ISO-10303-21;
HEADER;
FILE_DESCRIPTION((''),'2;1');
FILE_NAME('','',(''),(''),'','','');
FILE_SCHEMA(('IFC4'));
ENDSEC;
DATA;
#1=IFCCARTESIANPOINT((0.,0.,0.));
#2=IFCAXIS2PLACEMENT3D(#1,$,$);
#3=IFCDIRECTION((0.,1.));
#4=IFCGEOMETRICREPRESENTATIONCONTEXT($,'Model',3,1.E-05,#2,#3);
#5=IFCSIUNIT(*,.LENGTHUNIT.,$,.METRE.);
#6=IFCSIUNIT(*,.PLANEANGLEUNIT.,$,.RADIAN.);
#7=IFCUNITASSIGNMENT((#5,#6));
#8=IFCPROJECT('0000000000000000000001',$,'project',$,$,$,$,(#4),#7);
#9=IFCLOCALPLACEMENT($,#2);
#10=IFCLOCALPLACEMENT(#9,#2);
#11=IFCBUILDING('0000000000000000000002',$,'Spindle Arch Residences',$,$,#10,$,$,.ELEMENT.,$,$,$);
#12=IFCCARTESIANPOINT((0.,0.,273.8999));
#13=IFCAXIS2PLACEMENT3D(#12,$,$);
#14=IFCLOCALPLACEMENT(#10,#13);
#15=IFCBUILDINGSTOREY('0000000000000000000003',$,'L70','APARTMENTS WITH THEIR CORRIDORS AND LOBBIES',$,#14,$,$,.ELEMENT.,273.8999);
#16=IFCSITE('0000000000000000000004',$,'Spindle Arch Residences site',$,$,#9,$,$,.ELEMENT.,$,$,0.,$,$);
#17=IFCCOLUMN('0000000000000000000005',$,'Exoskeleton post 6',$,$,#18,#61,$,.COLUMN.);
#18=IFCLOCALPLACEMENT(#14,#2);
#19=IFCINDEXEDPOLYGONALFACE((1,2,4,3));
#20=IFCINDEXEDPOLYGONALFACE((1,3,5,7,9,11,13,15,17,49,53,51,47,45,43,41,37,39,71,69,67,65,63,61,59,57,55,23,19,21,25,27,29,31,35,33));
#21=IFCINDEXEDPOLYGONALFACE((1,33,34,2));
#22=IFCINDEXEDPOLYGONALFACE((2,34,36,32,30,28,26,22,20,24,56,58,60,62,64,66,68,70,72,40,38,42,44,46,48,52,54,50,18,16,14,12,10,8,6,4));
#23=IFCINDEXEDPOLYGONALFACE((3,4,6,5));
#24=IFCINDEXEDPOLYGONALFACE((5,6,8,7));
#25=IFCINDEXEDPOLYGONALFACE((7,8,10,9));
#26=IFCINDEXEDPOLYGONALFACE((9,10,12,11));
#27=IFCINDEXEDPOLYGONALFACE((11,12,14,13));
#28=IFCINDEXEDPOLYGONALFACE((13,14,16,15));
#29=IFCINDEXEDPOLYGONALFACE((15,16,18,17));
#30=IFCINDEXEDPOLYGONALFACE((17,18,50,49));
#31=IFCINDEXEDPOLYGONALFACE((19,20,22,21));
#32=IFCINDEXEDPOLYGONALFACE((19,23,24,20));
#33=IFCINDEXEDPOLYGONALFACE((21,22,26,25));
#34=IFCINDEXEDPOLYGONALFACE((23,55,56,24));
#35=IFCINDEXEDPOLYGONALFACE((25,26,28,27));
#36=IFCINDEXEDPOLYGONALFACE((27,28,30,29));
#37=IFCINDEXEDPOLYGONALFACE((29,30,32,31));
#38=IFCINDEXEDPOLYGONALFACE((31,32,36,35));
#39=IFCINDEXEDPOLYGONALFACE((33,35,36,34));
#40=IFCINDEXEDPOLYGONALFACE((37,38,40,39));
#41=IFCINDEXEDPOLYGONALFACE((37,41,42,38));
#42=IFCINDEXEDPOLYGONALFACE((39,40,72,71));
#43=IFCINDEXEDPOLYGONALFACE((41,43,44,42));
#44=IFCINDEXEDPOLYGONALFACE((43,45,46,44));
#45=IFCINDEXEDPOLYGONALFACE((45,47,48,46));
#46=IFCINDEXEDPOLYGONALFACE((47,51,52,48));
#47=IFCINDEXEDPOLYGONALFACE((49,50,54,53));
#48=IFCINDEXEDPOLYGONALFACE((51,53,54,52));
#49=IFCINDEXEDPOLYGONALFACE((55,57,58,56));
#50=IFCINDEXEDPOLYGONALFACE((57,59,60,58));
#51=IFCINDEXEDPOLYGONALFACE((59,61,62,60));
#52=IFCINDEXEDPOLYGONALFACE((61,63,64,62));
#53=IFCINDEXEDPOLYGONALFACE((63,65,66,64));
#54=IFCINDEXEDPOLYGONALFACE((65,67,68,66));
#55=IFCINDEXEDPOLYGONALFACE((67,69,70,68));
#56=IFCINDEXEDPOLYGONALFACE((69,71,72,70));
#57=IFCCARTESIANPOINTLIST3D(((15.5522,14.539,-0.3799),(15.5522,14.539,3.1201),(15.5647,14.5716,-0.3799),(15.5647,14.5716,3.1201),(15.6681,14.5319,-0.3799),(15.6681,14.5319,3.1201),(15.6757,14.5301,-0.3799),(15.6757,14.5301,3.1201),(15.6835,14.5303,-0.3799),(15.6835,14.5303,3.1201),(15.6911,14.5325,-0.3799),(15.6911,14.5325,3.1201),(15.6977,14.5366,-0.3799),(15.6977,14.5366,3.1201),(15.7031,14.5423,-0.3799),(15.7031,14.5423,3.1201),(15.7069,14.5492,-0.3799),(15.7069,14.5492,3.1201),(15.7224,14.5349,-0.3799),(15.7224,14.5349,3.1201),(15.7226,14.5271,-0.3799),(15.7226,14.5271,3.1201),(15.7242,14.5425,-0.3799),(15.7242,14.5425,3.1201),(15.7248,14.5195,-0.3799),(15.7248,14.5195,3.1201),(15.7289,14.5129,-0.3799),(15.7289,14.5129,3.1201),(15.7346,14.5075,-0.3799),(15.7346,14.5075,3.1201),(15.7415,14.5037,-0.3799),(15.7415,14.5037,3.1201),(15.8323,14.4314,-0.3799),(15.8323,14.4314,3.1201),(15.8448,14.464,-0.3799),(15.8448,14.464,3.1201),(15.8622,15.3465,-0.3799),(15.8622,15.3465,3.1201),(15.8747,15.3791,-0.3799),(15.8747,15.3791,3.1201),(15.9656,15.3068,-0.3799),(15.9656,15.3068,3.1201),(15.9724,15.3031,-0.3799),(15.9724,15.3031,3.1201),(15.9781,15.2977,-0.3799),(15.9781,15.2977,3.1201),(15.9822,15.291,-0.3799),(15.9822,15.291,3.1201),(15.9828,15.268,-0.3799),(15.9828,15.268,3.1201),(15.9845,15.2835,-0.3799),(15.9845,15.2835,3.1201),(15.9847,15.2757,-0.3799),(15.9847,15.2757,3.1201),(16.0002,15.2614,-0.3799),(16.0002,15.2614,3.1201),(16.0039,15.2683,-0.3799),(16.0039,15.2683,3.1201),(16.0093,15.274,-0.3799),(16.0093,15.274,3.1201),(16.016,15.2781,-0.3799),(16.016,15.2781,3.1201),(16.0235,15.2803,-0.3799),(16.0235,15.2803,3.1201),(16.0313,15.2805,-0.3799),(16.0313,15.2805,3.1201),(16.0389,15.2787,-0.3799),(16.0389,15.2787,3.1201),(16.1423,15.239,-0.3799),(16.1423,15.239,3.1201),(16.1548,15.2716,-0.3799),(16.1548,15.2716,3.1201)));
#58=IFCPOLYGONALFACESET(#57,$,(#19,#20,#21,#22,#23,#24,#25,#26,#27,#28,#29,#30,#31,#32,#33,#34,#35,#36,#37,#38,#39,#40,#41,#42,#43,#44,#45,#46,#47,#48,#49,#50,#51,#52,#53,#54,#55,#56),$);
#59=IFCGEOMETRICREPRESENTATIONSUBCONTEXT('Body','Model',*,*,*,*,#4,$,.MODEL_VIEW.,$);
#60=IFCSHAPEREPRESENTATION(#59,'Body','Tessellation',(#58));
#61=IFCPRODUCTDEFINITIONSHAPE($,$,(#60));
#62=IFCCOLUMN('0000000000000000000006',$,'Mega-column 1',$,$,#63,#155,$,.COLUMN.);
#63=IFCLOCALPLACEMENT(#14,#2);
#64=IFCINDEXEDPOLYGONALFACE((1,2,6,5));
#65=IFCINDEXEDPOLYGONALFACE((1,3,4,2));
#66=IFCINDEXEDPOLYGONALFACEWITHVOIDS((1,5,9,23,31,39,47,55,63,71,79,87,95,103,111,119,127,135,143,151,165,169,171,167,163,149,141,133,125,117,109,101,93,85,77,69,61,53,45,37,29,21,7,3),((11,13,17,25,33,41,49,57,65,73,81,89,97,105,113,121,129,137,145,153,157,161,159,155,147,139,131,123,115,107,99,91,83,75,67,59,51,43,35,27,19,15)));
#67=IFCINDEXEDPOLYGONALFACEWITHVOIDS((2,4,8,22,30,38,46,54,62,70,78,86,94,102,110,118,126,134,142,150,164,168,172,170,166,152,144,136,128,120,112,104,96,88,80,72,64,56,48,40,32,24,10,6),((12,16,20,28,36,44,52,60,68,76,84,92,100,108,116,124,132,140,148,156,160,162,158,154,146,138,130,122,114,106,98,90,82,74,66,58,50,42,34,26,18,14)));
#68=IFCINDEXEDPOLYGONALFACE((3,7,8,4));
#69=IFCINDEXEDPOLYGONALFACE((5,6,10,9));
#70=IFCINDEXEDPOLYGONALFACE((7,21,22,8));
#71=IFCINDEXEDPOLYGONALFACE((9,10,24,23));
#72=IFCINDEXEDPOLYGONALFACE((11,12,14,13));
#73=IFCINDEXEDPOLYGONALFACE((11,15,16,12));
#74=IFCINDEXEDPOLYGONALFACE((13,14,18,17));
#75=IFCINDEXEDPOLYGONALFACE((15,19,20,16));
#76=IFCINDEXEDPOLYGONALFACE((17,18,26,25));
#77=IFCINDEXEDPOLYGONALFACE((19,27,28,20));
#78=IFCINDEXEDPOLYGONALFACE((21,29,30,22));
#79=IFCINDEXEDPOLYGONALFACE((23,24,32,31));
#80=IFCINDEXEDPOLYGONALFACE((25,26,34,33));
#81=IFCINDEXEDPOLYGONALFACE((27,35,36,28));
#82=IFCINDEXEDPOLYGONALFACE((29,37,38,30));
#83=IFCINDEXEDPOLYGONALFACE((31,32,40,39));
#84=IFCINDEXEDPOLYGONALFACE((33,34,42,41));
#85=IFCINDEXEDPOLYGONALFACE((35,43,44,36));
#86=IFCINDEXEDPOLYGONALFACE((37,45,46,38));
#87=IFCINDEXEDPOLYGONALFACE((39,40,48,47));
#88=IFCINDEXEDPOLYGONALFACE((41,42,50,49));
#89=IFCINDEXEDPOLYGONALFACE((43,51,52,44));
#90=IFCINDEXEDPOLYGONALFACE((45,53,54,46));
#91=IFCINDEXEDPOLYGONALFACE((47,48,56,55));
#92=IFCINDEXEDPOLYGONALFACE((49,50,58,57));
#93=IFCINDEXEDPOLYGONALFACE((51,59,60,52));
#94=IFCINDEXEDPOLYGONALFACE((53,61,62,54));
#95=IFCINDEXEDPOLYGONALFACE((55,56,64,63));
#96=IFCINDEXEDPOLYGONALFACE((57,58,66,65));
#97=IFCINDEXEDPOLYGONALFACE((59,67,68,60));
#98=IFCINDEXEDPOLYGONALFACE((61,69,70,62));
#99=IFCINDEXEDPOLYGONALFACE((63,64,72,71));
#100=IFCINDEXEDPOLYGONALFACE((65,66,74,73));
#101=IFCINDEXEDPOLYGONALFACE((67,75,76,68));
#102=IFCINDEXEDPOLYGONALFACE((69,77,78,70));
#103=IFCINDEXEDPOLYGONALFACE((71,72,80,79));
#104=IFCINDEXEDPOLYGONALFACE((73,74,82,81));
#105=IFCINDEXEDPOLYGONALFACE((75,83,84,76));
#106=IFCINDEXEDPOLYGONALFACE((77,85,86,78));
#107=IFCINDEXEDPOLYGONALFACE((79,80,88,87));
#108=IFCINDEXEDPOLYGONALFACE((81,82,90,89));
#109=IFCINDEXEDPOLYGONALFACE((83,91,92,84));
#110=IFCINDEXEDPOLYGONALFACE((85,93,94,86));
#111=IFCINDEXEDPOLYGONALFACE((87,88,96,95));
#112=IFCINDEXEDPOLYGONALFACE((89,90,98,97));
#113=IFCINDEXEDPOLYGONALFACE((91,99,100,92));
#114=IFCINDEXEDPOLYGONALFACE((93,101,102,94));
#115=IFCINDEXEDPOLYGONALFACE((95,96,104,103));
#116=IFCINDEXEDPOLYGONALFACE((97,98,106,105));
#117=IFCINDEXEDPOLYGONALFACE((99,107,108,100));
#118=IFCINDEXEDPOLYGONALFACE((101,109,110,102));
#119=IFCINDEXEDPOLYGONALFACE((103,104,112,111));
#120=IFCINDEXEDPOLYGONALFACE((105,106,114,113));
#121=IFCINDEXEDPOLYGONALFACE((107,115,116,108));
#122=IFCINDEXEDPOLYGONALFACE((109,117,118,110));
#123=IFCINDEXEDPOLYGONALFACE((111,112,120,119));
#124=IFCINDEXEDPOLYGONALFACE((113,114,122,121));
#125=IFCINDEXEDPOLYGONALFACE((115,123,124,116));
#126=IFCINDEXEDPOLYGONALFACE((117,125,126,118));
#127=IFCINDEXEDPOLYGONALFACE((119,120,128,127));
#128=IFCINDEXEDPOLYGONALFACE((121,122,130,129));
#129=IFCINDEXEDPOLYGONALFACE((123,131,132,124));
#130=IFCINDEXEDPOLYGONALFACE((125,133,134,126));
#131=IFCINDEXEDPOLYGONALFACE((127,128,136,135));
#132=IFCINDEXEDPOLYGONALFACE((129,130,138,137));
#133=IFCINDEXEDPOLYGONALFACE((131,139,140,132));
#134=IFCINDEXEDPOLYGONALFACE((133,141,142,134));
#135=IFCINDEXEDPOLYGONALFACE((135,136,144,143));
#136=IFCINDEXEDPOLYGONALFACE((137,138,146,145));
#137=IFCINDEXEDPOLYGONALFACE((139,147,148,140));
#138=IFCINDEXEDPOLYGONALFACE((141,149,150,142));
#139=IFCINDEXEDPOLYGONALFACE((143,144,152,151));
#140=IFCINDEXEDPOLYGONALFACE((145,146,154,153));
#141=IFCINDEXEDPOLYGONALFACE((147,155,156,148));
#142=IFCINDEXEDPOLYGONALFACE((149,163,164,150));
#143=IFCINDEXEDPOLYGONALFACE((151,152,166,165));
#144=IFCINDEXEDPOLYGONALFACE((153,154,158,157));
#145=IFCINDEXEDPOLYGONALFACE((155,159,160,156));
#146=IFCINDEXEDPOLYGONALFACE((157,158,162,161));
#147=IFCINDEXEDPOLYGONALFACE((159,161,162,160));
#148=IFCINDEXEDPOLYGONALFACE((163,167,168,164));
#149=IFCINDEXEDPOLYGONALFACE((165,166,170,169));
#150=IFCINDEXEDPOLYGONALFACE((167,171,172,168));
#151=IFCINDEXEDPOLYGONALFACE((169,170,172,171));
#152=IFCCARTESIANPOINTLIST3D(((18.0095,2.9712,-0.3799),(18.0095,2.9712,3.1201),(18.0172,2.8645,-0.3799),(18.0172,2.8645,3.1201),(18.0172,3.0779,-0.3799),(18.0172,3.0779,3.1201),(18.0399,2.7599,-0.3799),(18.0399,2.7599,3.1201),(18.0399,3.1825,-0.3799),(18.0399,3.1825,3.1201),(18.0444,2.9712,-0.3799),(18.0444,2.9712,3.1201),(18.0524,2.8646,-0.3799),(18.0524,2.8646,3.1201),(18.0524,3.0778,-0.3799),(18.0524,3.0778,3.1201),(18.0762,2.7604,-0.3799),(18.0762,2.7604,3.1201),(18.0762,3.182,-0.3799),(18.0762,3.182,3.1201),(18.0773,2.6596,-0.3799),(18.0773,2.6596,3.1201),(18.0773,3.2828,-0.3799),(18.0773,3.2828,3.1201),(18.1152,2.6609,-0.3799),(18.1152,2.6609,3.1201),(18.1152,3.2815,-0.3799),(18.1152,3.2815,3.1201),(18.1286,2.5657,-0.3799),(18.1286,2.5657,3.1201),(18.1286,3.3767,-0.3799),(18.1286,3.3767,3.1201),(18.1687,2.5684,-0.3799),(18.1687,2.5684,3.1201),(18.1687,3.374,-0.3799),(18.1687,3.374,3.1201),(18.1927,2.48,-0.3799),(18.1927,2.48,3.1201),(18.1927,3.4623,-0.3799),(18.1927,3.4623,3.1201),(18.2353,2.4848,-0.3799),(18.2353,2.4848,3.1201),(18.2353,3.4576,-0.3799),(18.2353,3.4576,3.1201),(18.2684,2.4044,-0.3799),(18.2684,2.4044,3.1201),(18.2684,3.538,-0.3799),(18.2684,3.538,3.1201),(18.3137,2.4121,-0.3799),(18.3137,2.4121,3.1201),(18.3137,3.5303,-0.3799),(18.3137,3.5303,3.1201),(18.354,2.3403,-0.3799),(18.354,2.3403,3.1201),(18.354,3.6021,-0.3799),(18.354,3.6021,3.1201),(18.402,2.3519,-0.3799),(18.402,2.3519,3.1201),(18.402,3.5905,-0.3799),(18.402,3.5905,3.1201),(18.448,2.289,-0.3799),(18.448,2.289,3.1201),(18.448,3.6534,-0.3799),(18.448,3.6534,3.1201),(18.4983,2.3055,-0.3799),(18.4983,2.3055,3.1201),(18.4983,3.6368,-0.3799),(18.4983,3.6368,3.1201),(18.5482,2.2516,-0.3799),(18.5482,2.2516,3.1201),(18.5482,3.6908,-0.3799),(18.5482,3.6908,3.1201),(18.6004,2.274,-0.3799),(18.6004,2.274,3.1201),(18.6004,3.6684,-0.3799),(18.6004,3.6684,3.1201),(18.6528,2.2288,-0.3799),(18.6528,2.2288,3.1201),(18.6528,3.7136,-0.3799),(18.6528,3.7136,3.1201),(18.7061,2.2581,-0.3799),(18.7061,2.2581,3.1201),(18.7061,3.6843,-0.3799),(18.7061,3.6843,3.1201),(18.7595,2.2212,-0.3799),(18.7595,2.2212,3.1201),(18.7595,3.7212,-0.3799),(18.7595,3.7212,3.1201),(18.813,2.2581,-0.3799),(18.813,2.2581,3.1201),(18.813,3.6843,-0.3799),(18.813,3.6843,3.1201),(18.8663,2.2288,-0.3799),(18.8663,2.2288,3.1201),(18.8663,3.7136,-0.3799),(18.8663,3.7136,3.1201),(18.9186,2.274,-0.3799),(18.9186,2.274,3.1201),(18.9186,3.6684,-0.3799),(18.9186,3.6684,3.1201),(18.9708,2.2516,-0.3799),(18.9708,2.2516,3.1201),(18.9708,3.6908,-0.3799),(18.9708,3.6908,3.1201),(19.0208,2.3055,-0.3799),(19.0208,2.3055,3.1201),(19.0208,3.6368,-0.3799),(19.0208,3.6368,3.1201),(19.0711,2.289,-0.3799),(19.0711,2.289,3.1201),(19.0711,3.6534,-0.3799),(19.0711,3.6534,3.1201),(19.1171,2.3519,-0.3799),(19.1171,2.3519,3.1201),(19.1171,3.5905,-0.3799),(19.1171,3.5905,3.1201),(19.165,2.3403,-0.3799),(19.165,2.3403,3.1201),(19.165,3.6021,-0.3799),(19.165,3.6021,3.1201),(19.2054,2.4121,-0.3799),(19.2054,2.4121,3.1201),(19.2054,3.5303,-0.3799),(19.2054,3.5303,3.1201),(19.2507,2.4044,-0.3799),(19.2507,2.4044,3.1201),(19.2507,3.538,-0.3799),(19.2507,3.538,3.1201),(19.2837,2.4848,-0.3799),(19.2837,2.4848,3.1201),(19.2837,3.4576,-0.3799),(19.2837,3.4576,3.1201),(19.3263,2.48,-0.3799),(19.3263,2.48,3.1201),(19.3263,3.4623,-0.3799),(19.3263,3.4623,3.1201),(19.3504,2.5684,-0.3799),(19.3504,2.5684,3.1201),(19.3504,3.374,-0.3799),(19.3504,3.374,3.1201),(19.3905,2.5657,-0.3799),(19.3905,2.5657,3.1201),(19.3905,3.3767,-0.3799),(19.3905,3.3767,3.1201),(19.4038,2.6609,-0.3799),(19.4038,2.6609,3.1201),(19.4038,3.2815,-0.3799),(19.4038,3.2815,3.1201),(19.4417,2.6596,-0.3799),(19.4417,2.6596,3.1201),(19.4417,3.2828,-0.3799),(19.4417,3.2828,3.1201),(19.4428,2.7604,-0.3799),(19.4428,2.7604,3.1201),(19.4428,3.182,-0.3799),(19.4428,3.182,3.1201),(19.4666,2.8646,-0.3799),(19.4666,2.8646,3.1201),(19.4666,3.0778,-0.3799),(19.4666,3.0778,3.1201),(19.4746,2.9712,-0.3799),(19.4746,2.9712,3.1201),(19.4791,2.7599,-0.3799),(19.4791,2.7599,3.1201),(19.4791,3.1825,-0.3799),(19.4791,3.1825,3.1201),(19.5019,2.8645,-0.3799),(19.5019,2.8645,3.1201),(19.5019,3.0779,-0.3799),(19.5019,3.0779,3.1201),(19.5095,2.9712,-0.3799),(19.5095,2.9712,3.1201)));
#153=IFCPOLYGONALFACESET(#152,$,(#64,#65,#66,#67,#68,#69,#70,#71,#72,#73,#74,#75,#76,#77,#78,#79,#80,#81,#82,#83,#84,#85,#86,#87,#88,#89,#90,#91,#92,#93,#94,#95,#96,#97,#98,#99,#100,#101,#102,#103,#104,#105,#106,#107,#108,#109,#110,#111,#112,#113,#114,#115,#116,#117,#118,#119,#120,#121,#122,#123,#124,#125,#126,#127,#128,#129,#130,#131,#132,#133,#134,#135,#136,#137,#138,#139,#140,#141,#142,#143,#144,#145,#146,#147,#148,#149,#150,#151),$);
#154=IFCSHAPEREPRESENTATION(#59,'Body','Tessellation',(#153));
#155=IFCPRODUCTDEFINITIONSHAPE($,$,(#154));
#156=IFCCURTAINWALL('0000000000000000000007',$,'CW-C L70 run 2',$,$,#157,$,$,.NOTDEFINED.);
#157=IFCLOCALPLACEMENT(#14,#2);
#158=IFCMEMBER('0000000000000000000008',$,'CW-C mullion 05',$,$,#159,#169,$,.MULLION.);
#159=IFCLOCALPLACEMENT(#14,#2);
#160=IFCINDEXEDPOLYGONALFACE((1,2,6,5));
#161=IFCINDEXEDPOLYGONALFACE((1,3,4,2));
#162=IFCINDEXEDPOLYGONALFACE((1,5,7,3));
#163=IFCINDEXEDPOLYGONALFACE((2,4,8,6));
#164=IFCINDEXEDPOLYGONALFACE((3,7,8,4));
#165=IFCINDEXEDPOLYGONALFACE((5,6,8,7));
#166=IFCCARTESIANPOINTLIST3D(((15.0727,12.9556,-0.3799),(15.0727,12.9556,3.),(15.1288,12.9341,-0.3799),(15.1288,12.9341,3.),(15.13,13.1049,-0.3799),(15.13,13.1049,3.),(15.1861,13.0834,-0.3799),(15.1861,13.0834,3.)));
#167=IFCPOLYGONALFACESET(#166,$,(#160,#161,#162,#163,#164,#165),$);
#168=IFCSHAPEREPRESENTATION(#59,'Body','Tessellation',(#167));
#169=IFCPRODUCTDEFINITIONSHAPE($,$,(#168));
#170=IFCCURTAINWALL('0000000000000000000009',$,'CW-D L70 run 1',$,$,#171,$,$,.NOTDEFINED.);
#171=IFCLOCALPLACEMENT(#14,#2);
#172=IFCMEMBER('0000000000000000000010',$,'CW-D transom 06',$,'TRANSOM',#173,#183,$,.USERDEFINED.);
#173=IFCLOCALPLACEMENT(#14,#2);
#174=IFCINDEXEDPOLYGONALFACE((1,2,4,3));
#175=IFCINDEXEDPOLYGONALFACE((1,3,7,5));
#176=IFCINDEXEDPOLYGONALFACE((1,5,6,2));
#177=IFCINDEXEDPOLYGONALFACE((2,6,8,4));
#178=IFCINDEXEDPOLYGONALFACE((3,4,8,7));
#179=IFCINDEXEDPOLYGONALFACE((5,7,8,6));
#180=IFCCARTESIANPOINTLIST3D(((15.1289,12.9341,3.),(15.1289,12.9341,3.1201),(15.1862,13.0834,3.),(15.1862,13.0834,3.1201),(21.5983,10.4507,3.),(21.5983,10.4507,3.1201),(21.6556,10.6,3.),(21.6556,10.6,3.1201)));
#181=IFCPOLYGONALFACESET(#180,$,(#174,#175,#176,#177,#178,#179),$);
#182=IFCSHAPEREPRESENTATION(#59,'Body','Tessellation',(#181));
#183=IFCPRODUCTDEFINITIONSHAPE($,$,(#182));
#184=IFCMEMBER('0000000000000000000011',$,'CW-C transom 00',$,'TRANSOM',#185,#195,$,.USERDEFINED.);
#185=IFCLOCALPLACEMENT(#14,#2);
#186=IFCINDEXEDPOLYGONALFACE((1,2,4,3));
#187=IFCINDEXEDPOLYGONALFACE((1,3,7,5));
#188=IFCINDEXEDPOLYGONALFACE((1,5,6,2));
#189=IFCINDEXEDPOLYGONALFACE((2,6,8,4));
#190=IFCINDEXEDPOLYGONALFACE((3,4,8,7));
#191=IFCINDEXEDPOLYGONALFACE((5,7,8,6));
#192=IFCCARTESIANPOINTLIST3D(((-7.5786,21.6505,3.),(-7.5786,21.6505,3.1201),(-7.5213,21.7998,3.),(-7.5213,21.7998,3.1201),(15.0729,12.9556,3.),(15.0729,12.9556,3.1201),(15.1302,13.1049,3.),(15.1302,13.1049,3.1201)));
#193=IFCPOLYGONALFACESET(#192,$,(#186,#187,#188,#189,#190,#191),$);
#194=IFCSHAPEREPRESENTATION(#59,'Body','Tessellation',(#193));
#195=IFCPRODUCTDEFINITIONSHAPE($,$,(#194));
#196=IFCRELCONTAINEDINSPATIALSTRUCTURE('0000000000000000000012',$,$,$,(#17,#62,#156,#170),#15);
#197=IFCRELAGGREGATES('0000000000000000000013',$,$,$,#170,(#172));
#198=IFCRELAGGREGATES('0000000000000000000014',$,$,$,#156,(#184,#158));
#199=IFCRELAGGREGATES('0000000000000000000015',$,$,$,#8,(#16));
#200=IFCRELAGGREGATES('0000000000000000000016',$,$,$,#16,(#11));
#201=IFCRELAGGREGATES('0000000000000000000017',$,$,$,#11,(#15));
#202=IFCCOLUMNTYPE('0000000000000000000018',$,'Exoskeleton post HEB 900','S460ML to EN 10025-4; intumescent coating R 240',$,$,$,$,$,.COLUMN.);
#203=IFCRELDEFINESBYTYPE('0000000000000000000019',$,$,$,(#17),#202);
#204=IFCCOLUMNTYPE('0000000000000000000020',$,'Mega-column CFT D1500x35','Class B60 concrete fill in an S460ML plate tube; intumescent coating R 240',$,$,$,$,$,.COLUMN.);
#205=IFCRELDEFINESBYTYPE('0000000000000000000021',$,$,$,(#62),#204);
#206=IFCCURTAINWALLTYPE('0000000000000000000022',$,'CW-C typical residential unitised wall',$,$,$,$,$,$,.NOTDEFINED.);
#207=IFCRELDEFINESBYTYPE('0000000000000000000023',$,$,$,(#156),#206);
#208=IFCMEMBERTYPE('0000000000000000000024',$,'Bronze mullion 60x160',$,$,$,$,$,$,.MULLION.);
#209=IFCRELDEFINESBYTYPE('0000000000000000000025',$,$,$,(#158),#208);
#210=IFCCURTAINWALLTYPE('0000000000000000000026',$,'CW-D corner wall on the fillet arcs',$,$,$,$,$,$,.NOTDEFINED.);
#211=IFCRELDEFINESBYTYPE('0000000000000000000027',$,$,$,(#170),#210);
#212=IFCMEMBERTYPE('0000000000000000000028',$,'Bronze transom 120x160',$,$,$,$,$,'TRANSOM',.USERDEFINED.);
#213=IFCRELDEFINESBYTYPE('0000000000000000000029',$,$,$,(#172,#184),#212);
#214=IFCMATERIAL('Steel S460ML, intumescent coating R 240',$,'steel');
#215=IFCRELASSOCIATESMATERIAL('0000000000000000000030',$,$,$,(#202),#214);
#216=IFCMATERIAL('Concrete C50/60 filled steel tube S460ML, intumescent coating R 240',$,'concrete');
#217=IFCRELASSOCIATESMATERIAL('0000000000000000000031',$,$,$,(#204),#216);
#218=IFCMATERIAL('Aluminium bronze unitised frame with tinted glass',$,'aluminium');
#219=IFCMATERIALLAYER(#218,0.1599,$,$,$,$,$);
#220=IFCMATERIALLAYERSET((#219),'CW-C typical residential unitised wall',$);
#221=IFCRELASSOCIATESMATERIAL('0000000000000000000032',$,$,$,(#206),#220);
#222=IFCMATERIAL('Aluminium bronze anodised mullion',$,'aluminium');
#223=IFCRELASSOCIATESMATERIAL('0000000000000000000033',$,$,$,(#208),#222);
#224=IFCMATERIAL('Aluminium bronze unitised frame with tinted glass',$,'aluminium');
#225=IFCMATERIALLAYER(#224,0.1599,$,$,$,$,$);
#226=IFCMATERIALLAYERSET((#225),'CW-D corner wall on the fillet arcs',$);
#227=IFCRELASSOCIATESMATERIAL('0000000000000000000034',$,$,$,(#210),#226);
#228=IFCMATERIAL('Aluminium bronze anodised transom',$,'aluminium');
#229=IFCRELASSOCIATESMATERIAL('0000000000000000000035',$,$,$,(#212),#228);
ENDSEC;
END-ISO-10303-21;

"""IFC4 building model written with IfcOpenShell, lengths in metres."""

from ifc_helpers import new_model, si_unit, direction, frame, origin, origin_2d, place, context, subcontext, project, spatial, rectangle, hollow_circle, i_section, extrude, material, layer, layer_set, material_profile, profile_set, type_object, element, aggregate, save


model = new_model("IFC4")

# Units and contexts
model_context = context("Model", 3, precision=1e-05, world=origin(), true_north=direction((0.0, 1.0)))
body_context = subcontext(model_context, "Body", "Model", "MODEL_VIEW")
ifc_project = project(units=[si_unit("LENGTHUNIT", "METRE"), si_unit("PLANEANGLEUNIT", "RADIAN")], contexts=[model_context])

# Site, building, storey
site_placement = place(None, origin())
site = spatial("IfcSite", under=ifc_project, at=site_placement, Name="Spindle Arch Residences site", CompositionType="ELEMENT", RefElevation=0.0)
building_placement = place(site_placement, origin())
building = spatial("IfcBuilding", under=site, at=building_placement, Name="Spindle Arch Residences", CompositionType="ELEMENT")
storey_placement = place(building_placement, frame((0.0, 0.0, 273.8999)))
storey = spatial("IfcBuildingStorey", under=building, at=storey_placement, Name="L70", Description="APARTMENTS WITH THEIR CORRIDORS AND LOBBIES", CompositionType="ELEMENT", Elevation=273.8999)

# Columns
ifc_material_1 = material(Name="Steel S460ML, intumescent coating R 240", Category="steel")
ifc_material_profile_1 = material_profile(ifc_material_1, i_section(OverallWidth=0.3, OverallDepth=0.8999, WebThickness=0.0186, FlangeThickness=0.0349, FilletRadius=0.03, at=origin_2d()), Name="HEB 900")
ifc_profile_set_1 = profile_set([ifc_material_profile_1], Name="Steel S460ML, intumescent coating R 240")
column_type_1 = type_object("IfcColumnType", Name="Exoskeleton post HEB 900", Description="S460ML to EN 10025-4; intumescent coating R 240", PredefinedType="COLUMN", material=ifc_profile_set_1)
column_1_placement = place(storey_placement, frame((15.8535, 14.9053, -0.3799), z_axis=(0.0, 0.0, 1.0), x_axis=(0.93358, -0.358368, 0.0)))
element("IfcColumn", 1, at=column_1_placement, inside=storey, type_object=column_type_1, Name="Exoskeleton post 6", PredefinedType="COLUMN", context=body_context, shape_type="SweptSolid", body=[
    extrude(i_section(OverallWidth=0.3, OverallDepth=0.8999, WebThickness=0.0186, FlangeThickness=0.0349, FilletRadius=0.03, at=origin_2d()), origin(), (0.0, 0.0, 1.0), 3.5),
])
ifc_material_2 = material(Name="Concrete C50/60 filled steel tube S460ML, intumescent coating R 240", Category="concrete")
ifc_material_profile_2 = material_profile(ifc_material_2, hollow_circle(Radius=0.75, WallThickness=0.0349, at=origin_2d()), Name="CFT D1500x35")
ifc_profile_set_2 = profile_set([ifc_material_profile_2], Name="Concrete C50/60 filled steel tube S460ML, intumescent coating R 240")
column_type_2 = type_object("IfcColumnType", Name="Mega-column CFT D1500x35", Description="Class B60 concrete fill in an S460ML plate tube; intumescent coating R 240", PredefinedType="COLUMN", material=ifc_profile_set_2)
column_2_placement = place(storey_placement, frame((18.7595, 2.9712, -0.3799), z_axis=(0.0, 0.0, 1.0), x_axis=(1.0, 0.0, 0.0)))
element("IfcColumn", 2, at=column_2_placement, inside=storey, type_object=column_type_2, Name="Mega-column 1", PredefinedType="COLUMN", context=body_context, shape_type="SweptSolid", body=[
    extrude(hollow_circle(Radius=0.75, WallThickness=0.0349, at=origin_2d()), origin(), (0.0, 0.0, 1.0), 3.5),
])

# Curtain walls, members
ifc_material_3 = material(Name="Aluminium bronze unitised frame with tinted glass", Category="aluminium")
ifc_layer_1 = layer(ifc_material_3, 0.1599)
ifc_layer_set_1 = layer_set([ifc_layer_1], Name="CW-C typical residential unitised wall")
curtain_wall_type_1 = type_object("IfcCurtainWallType", Name="CW-C typical residential unitised wall", PredefinedType="NOTDEFINED", material=ifc_layer_set_1)
curtain_wall_1_placement = place(storey_placement, origin())
curtain_wall_1 = element("IfcCurtainWall", 3, at=curtain_wall_1_placement, inside=storey, type_object=curtain_wall_type_1, Name="CW-C L70 run 2", PredefinedType="NOTDEFINED")
ifc_material_4 = material(Name="Aluminium bronze anodised mullion", Category="aluminium")
ifc_material_profile_3 = material_profile(ifc_material_4, rectangle(XDim=0.1599, YDim=0.0601, at=origin_2d()), Name="MU 60x160")
ifc_profile_set_3 = profile_set([ifc_material_profile_3], Name="Aluminium bronze anodised mullion")
member_type_1 = type_object("IfcMemberType", Name="Bronze mullion 60x160", PredefinedType="MULLION", material=ifc_profile_set_3)
member_1_placement = place(storey_placement, frame((15.1294, 13.0195, -0.3799), z_axis=(0.0, 0.0, 1.0), x_axis=(-0.358368, -0.93358, 0.0)))
member_1 = element("IfcMember", 4, at=member_1_placement, type_object=member_type_1, Name="CW-C mullion 05", PredefinedType="MULLION", context=body_context, shape_type="SweptSolid", body=[
    extrude(rectangle(XDim=0.1599, YDim=0.0601, at=origin_2d()), origin(), (0.0, 0.0, 1.0), 3.3799),
])
ifc_material_5 = material(Name="Aluminium bronze unitised frame with tinted glass", Category="aluminium")
ifc_layer_2 = layer(ifc_material_5, 0.1599)
ifc_layer_set_2 = layer_set([ifc_layer_2], Name="CW-D corner wall on the fillet arcs")
curtain_wall_type_2 = type_object("IfcCurtainWallType", Name="CW-D corner wall on the fillet arcs", PredefinedType="NOTDEFINED", material=ifc_layer_set_2)
curtain_wall_2_placement = place(storey_placement, origin())
curtain_wall_2 = element("IfcCurtainWall", 5, at=curtain_wall_2_placement, inside=storey, type_object=curtain_wall_type_2, Name="CW-D L70 run 1", PredefinedType="NOTDEFINED")
ifc_material_6 = material(Name="Aluminium bronze anodised transom", Category="aluminium")
ifc_material_profile_4 = material_profile(ifc_material_6, rectangle(XDim=0.1599, YDim=0.1201, at=origin_2d()), Name="TR 120x160")
ifc_profile_set_4 = profile_set([ifc_material_profile_4], Name="Aluminium bronze anodised transom")
member_type_2 = type_object("IfcMemberType", Name="Bronze transom 120x160", ElementType="TRANSOM", PredefinedType="USERDEFINED", material=ifc_profile_set_4)
member_2_placement = place(storey_placement, frame((21.627, 10.5254, 3.0601), z_axis=(-0.933581, 0.358368, 0.0), x_axis=(-0.358368, -0.933581, 0.0)))
member_2 = element("IfcMember", 6, at=member_2_placement, type_object=member_type_2, Name="CW-D transom 06", ObjectType="TRANSOM", PredefinedType="USERDEFINED", context=body_context, shape_type="SweptSolid", body=[
    extrude(rectangle(XDim=0.1599, YDim=0.1201, at=origin_2d()), origin(), (0.0, 0.0, 1.0), 6.9297),
])

# Member
member_3_placement = place(storey_placement, frame((15.1016, 13.0303, 3.0601), z_axis=(-0.933583, 0.35836, 0.0), x_axis=(-0.35836, -0.933583, 0.0)))
member_3 = element("IfcMember", 7, at=member_3_placement, type_object=member_type_2, Name="CW-C transom 00", ObjectType="TRANSOM", PredefinedType="USERDEFINED", context=body_context, shape_type="SweptSolid", body=[
    extrude(rectangle(XDim=0.1599, YDim=0.1201, at=origin_2d()), origin(), (0.0, 0.0, 1.0), 24.2629),
])

aggregate(curtain_wall_2, [member_2])
aggregate(curtain_wall_1, [member_3, member_1])

save(model, "model.ifc")
